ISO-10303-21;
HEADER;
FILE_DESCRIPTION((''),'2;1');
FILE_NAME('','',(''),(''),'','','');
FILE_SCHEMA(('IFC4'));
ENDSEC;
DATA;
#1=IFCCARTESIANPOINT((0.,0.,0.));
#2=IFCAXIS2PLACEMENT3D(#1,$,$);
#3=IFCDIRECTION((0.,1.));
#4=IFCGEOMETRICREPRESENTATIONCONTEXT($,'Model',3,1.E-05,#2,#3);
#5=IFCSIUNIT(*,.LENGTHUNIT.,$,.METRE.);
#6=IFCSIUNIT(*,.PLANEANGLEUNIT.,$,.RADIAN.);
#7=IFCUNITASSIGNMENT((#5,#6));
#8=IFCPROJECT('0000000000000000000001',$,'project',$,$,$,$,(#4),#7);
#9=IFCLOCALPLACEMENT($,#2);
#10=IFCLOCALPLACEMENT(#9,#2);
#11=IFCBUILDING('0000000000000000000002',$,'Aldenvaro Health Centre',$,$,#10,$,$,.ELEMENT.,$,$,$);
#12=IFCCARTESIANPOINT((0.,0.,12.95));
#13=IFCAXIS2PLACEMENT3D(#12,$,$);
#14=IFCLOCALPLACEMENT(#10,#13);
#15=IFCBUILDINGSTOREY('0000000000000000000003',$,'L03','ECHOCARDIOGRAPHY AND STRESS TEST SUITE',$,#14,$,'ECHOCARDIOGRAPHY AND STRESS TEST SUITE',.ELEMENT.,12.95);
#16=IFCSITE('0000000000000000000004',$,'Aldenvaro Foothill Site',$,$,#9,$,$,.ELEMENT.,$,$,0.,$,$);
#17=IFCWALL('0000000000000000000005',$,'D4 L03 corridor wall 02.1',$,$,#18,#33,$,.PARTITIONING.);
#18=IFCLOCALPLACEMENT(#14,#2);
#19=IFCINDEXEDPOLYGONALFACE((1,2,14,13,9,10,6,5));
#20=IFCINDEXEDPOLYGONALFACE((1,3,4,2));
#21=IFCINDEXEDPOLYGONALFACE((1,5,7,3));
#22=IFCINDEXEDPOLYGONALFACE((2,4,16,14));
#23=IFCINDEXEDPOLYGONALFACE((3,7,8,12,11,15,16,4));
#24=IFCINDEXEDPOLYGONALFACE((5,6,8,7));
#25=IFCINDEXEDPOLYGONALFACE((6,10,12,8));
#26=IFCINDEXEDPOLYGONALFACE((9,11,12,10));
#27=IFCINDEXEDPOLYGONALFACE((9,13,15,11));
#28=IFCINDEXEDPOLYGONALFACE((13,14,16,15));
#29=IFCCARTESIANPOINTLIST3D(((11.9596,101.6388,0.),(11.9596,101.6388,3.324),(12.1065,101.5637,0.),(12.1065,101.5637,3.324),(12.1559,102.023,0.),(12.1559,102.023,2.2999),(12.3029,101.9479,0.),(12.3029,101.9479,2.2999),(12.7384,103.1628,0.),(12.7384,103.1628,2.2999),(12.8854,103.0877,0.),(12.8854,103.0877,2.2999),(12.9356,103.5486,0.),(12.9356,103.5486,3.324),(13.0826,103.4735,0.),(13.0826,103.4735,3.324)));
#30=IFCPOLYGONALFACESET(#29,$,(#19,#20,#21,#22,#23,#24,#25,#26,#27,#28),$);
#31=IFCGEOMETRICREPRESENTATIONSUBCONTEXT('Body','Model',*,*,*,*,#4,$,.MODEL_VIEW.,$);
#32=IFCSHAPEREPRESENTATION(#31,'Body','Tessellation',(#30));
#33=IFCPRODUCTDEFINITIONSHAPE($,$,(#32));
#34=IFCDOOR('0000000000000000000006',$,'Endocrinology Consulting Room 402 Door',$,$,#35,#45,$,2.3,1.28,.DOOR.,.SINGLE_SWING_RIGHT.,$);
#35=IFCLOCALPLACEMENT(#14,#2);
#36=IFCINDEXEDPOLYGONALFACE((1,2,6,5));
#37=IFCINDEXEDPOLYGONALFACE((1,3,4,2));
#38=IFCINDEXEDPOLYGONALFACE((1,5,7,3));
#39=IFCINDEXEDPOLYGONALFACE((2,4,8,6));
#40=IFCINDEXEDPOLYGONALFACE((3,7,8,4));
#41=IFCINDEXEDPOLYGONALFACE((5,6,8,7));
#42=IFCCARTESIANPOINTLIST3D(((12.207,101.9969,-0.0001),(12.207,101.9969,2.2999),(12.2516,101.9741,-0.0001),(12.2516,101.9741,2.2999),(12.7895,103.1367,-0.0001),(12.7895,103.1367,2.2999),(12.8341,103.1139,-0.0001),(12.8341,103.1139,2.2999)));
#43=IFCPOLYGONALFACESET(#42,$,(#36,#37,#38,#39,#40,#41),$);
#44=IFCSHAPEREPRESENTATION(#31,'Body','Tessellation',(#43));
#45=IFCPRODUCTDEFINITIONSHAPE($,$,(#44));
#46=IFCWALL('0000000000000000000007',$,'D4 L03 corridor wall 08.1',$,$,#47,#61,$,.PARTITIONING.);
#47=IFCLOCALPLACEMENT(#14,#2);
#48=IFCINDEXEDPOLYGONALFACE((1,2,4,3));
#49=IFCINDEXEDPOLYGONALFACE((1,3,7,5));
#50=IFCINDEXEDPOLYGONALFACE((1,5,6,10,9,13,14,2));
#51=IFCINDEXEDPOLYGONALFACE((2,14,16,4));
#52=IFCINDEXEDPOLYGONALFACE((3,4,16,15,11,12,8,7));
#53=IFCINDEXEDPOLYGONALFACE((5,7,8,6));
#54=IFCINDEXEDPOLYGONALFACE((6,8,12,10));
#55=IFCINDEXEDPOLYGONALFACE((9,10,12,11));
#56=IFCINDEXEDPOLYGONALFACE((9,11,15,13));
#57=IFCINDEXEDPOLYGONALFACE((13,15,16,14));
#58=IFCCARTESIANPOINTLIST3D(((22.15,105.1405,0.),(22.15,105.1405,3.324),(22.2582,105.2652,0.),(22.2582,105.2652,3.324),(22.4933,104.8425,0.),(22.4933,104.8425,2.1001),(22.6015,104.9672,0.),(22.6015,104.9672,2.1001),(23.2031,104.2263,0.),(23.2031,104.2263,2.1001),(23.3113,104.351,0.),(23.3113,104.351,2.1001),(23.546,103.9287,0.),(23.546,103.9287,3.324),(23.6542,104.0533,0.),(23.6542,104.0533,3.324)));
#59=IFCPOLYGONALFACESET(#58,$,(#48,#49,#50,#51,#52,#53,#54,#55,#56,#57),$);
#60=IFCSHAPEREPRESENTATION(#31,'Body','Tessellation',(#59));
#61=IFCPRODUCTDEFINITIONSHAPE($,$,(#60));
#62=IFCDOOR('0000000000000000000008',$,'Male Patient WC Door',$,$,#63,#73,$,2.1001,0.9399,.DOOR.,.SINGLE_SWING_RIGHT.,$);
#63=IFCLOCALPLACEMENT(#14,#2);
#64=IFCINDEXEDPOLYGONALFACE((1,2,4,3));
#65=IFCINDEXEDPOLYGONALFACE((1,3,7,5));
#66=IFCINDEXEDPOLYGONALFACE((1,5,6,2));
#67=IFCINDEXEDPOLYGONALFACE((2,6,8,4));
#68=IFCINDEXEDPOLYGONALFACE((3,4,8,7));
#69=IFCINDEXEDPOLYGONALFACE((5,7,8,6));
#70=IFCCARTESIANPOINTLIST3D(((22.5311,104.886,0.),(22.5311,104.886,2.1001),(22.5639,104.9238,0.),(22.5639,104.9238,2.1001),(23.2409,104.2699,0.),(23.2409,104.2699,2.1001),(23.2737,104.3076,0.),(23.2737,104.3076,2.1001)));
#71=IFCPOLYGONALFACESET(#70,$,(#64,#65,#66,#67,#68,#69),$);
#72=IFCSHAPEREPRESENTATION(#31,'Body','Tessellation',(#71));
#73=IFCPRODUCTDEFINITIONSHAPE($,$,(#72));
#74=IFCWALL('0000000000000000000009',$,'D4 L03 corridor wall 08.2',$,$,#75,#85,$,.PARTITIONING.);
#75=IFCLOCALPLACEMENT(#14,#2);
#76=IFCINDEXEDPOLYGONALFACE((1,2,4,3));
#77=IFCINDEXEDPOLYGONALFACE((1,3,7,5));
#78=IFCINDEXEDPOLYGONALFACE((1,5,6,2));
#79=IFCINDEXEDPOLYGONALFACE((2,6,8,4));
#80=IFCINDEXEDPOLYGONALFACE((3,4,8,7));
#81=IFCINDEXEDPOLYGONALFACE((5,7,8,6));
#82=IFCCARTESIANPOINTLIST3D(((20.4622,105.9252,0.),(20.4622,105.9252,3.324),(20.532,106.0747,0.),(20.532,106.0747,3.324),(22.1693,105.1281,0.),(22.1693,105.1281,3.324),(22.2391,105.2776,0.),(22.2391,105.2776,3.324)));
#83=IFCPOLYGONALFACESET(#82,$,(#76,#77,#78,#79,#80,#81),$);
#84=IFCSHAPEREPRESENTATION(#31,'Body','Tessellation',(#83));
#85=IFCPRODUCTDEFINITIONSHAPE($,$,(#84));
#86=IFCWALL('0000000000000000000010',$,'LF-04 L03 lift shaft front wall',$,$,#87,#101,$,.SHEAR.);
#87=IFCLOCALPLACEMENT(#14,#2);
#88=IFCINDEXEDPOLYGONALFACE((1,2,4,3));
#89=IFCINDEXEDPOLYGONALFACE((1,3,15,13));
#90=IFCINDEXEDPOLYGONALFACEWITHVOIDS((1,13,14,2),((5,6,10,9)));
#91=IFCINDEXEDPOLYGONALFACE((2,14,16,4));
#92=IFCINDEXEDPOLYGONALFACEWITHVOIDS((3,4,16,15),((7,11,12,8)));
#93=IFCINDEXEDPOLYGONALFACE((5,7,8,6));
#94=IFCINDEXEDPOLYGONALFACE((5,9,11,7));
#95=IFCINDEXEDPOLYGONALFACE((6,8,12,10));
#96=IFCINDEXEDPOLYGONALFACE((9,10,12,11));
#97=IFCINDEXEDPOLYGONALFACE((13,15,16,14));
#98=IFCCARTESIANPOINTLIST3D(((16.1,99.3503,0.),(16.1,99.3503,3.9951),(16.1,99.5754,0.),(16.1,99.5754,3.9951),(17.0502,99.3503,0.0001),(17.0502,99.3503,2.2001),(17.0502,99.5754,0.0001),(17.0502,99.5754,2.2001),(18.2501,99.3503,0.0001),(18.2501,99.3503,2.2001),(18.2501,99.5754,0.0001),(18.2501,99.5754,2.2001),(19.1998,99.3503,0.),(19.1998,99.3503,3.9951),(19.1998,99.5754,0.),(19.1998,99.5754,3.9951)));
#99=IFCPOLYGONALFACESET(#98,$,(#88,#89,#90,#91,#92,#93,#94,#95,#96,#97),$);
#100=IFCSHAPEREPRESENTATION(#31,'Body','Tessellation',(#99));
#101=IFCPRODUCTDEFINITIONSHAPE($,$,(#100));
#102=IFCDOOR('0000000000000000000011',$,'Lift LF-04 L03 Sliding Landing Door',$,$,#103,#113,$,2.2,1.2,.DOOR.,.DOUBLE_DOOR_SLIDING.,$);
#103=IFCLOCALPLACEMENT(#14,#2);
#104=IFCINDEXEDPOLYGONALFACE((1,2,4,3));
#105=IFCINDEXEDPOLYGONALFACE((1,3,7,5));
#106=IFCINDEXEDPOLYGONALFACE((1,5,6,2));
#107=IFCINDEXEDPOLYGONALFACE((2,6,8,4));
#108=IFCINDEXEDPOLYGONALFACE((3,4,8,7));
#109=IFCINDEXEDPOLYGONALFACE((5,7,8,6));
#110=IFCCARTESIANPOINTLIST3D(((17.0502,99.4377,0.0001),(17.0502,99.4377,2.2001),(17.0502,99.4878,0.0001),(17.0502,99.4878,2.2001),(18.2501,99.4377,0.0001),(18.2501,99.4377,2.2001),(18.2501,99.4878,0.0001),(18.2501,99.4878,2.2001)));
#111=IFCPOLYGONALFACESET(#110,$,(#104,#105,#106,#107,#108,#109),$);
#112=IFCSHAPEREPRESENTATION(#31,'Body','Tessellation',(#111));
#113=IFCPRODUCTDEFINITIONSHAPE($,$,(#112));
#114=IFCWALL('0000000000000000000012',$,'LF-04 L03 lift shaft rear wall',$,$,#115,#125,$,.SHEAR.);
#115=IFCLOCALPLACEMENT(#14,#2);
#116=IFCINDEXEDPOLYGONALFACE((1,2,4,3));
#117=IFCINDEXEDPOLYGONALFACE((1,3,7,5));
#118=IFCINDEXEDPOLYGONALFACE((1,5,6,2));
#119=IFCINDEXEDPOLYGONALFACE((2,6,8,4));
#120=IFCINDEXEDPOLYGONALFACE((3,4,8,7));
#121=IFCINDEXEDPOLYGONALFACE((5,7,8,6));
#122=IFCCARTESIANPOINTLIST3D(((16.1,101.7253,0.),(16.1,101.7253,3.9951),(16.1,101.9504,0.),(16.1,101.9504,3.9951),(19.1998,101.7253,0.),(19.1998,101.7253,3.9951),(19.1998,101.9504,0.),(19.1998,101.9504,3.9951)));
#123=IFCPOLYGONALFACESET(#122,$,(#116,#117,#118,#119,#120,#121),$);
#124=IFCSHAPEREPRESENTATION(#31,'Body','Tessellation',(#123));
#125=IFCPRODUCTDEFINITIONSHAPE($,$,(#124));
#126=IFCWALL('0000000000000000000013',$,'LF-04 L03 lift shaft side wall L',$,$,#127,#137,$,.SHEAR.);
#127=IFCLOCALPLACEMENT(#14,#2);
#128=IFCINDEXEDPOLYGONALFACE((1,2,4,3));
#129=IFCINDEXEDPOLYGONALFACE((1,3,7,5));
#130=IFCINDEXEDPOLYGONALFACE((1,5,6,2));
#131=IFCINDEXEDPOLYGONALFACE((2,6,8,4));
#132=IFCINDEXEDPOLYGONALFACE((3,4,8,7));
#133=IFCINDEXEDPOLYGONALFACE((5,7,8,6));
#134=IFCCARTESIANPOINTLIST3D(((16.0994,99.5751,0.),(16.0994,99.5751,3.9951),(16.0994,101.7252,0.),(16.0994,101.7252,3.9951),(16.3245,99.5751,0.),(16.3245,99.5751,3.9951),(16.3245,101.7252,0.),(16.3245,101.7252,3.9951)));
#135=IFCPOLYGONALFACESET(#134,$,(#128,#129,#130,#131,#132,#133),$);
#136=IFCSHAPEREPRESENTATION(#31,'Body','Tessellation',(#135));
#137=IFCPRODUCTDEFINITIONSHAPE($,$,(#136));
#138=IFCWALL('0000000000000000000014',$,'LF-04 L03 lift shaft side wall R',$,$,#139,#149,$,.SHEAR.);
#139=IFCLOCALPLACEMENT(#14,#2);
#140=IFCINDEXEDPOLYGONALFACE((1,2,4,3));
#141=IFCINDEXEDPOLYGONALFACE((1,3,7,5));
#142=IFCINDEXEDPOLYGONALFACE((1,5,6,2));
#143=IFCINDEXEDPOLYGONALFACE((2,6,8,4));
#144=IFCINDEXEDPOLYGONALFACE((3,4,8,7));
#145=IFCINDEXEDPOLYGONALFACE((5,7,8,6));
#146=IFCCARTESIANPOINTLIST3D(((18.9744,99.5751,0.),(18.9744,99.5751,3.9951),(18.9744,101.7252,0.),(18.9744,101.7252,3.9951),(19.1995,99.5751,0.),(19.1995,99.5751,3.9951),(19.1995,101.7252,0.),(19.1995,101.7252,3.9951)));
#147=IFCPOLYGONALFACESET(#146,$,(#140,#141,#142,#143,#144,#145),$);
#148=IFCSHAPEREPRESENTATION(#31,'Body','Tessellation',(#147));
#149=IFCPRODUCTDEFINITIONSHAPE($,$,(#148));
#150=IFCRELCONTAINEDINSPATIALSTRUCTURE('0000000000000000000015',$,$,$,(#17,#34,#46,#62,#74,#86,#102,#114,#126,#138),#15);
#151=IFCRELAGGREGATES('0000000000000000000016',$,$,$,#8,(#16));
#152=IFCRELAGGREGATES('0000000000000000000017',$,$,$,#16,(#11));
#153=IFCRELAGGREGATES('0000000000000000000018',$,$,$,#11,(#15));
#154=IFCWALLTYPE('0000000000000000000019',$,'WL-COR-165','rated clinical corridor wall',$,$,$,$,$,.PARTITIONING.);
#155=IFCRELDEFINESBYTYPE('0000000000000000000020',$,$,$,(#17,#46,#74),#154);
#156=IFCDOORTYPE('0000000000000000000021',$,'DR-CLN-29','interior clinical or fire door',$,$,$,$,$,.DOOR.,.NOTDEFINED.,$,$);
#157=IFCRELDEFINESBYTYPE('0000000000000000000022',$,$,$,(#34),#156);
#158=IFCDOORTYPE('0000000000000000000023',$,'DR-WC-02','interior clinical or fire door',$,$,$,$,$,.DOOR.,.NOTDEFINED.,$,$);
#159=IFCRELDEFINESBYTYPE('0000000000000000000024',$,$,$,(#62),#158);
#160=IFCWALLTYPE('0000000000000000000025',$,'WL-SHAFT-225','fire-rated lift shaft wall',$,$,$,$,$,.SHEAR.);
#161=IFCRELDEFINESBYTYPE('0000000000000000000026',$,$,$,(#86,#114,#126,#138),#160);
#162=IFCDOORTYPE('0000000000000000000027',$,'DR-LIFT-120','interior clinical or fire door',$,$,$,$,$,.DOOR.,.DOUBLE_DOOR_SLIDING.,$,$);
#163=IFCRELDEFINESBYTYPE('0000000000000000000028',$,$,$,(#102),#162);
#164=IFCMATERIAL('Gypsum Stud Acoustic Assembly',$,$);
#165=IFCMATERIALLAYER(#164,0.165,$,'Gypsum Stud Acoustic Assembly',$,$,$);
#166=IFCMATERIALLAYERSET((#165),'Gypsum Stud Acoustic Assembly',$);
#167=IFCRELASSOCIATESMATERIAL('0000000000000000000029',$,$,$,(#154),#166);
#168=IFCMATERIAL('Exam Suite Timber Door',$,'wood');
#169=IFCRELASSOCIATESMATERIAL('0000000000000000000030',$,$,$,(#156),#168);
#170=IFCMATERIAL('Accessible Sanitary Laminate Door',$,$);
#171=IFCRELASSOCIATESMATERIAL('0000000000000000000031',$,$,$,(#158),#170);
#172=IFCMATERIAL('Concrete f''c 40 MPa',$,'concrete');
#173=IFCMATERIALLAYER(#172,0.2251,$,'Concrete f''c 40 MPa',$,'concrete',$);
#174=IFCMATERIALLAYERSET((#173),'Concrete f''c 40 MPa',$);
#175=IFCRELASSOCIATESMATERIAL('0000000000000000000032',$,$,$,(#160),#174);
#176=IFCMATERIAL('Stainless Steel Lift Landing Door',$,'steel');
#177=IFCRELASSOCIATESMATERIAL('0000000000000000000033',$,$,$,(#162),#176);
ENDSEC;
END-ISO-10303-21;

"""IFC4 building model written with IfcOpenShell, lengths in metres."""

from ifc_helpers import new_model, si_unit, direction, frame, frame_2d, origin, place, context, subcontext, project, spatial, rectangle, extrude, material, layer, layer_set, type_object, element, fill, save


model = new_model("IFC4")

# Units and contexts
model_context = context("Model", 3, precision=1e-05, world=origin(), true_north=direction((0.0, 1.0)))
body_context = subcontext(model_context, "Body", "Model", "MODEL_VIEW")
ifc_project = project(units=[si_unit("LENGTHUNIT", "METRE"), si_unit("PLANEANGLEUNIT", "RADIAN")], contexts=[model_context])

# Site, building, storey
site_placement = place(None, origin())
site = spatial("IfcSite", under=ifc_project, at=site_placement, Name="Aldenvaro Foothill Site", CompositionType="ELEMENT", RefElevation=0.0)
building_placement = place(site_placement, origin())
building = spatial("IfcBuilding", under=site, at=building_placement, Name="Aldenvaro Health Centre", CompositionType="ELEMENT")
storey_placement = place(building_placement, frame((0.0, 0.0, 12.95)))
storey = spatial("IfcBuildingStorey", under=building, at=storey_placement, Name="L03", Description="ECHOCARDIOGRAPHY AND STRESS TEST SUITE", LongName="ECHOCARDIOGRAPHY AND STRESS TEST SUITE", CompositionType="ELEMENT", Elevation=12.95)

# Shared definitions
ifc_material_1 = material(Name="Concrete f'c 40 MPa", Category="concrete")

# Shared definitions
ifc_material_2 = material(Name="Gypsum Stud Acoustic Assembly")

# Walls, openings, doors
ifc_layer_1 = layer(ifc_material_2, 0.165, Name="Gypsum Stud Acoustic Assembly")
ifc_layer_set_1 = layer_set([ifc_layer_1], Name="Gypsum Stud Acoustic Assembly")
wall_type_1 = type_object("IfcWallType", Name="WL-COR-165", Description="rated clinical corridor wall", PredefinedType="PARTITIONING", material=ifc_layer_set_1)
ifc_material_3 = material(Name="Exam Suite Timber Door", Category="wood")
wall_1_placement = place(storey_placement, frame((13.009, 103.511, 0.0), z_axis=(0.0, 0.0, 1.0), x_axis=(-0.455073, -0.890454, 0.0)))
wall_1 = element("IfcWall", 1, at=wall_1_placement, inside=storey, type_object=wall_type_1, Name="D4 L03 corridor wall 02.1", PredefinedType="PARTITIONING", context=body_context, shape_type="SweptSolid", body=[
    extrude(rectangle(XDim=2.1448, YDim=0.165, at=frame_2d((1.0723, 0.0))), origin(), (0.0, 0.0, 1.0), 3.324),
])
opening_1_placement = place(wall_1_placement, frame((0.4331, 0.0, 0.0)))
opening_1 = element("IfcOpeningElement", 2, at=opening_1_placement, cuts=wall_1, PredefinedType="OPENING", context=body_context, shape_type="SweptSolid", body=[
    extrude(rectangle(XDim=1.28, YDim=2.3, at=frame_2d((0.6401, 1.1499))), frame((0.0, 0.0925, 0.0), z_axis=(0.0, -1.0, 0.0), x_axis=(1.0, 0.0, 0.0)), (0.0, 0.0, 1.0), 0.1851),
])
door_type_1 = type_object("IfcDoorType", Name="DR-CLN-29", Description="interior clinical or fire door", OperationType="NOTDEFINED", PredefinedType="DOOR", material=ifc_material_3)
door_1_placement = place(opening_1_placement, origin())
door_1 = element("IfcDoor", 3, at=door_1_placement, inside=storey, type_object=door_type_1, Name="Endocrinology Consulting Room 402 Door", OperationType="SINGLE_SWING_RIGHT", OverallHeight=2.3, OverallWidth=1.28, PredefinedType="DOOR", context=body_context, shape_type="SweptSolid", body=[
    extrude(rectangle(XDim=1.28, YDim=2.3, at=frame_2d((0.6401, 1.1499))), frame((0.0, 0.0249, 0.0), z_axis=(0.0, -1.0, 0.0), x_axis=(1.0, 0.0, 0.0)), (0.0, 0.0, 1.0), 0.05),
])
fill(opening_1, door_1)
wall_2_placement = place(storey_placement, frame((23.6001, 103.991, 0.0), z_axis=(0.0, 0.0, 1.0), x_axis=(-0.75514, 0.655564, 0.0)))
wall_2 = element("IfcWall", 4, at=wall_2_placement, inside=storey, type_object=wall_type_1, Name="D4 L03 corridor wall 08.1", PredefinedType="PARTITIONING", context=body_context, shape_type="SweptSolid", body=[
    extrude(rectangle(XDim=1.8486, YDim=0.165, at=frame_2d((0.9243, 0.0))), origin(), (0.0, 0.0, 1.0), 3.324),
])
opening_2_placement = place(wall_2_placement, frame((0.4541, 0.0, 0.0)))
opening_2 = element("IfcOpeningElement", 5, at=opening_2_placement, cuts=wall_2, PredefinedType="OPENING", context=body_context, shape_type="SweptSolid", body=[
    extrude(rectangle(XDim=0.9399, YDim=2.1001, at=frame_2d((0.47, 1.05))), frame((0.0, 0.0925, 0.0), z_axis=(0.0, -1.0, 0.0), x_axis=(1.0, 0.0, 0.0)), (0.0, 0.0, 1.0), 0.1851),
])
ifc_material_4 = material(Name="Accessible Sanitary Laminate Door")
door_type_2 = type_object("IfcDoorType", Name="DR-WC-02", Description="interior clinical or fire door", OperationType="NOTDEFINED", PredefinedType="DOOR", material=ifc_material_4)
door_2_placement = place(opening_2_placement, origin())
door_2 = element("IfcDoor", 6, at=door_2_placement, inside=storey, type_object=door_type_2, Name="Male Patient WC Door", OperationType="SINGLE_SWING_RIGHT", OverallHeight=2.1001, OverallWidth=0.9399, PredefinedType="DOOR", context=body_context, shape_type="SweptSolid", body=[
    extrude(rectangle(XDim=0.9399, YDim=2.1001, at=frame_2d((0.47, 1.05))), frame((0.0, 0.0249, 0.0), z_axis=(0.0, -1.0, 0.0), x_axis=(1.0, 0.0, 0.0)), (0.0, 0.0, 1.0), 0.05),
])
fill(opening_2, door_2)

# Wall
wall_3_placement = place(storey_placement, frame((22.2041, 105.2029, 0.0), z_axis=(0.0, 0.0, 1.0), x_axis=(-0.90608, 0.423105, 0.0)))
element("IfcWall", 7, at=wall_3_placement, inside=storey, type_object=wall_type_1, Name="D4 L03 corridor wall 08.2", PredefinedType="PARTITIONING", context=body_context, shape_type="SweptSolid", body=[
    extrude(rectangle(XDim=1.884, YDim=0.165, at=frame_2d((0.9419, 0.0))), origin(), (0.0, 0.0, 1.0), 3.324),
])

# Wall, opening, door
ifc_layer_2 = layer(ifc_material_1, 0.2251, Name="Concrete f'c 40 MPa", Category="concrete")
ifc_layer_set_2 = layer_set([ifc_layer_2], Name="Concrete f'c 40 MPa")
wall_type_2 = type_object("IfcWallType", Name="WL-SHAFT-225", Description="fire-rated lift shaft wall", PredefinedType="SHEAR", material=ifc_layer_set_2)
wall_4_placement = place(storey_placement, frame((16.1001, 99.4629, 0.0), z_axis=(0.0, 0.0, 1.0), x_axis=(1.0, 0.0, 0.0)))
wall_4 = element("IfcWall", 8, at=wall_4_placement, inside=storey, type_object=wall_type_2, Name="LF-04 L03 lift shaft front wall", PredefinedType="SHEAR", context=body_context, shape_type="SweptSolid", body=[
    extrude(rectangle(XDim=3.0999, YDim=0.2251, at=frame_2d((1.5498, 0.0))), origin(), (0.0, 0.0, 1.0), 3.9951),
])
opening_3_placement = place(wall_4_placement, frame((0.95, 0.0, 0.0)))
opening_3 = element("IfcOpeningElement", 9, at=opening_3_placement, cuts=wall_4, PredefinedType="OPENING", context=body_context, shape_type="SweptSolid", body=[
    extrude(rectangle(XDim=1.2, YDim=2.2, at=frame_2d((0.6001, 1.1001))), frame((0.0, 0.1226, 0.0), z_axis=(0.0, -1.0, 0.0), x_axis=(1.0, 0.0, 0.0)), (0.0, 0.0, 1.0), 0.2451),
])
ifc_material_5 = material(Name="Stainless Steel Lift Landing Door", Category="steel")
door_type_3 = type_object("IfcDoorType", Name="DR-LIFT-120", Description="interior clinical or fire door", OperationType="DOUBLE_DOOR_SLIDING", PredefinedType="DOOR", material=ifc_material_5)
door_3_placement = place(opening_3_placement, origin())
door_3 = element("IfcDoor", 10, at=door_3_placement, inside=storey, type_object=door_type_3, Name="Lift LF-04 L03 Sliding Landing Door", OperationType="DOUBLE_DOOR_SLIDING", OverallHeight=2.2, OverallWidth=1.2, PredefinedType="DOOR", context=body_context, shape_type="SweptSolid", body=[
    extrude(rectangle(XDim=1.2, YDim=2.2, at=frame_2d((0.6001, 1.1001))), frame((0.0, 0.0249, 0.0), z_axis=(0.0, -1.0, 0.0), x_axis=(1.0, 0.0, 0.0)), (0.0, 0.0, 1.0), 0.05),
])
fill(opening_3, door_3)

# Walls
wall_5_placement = place(storey_placement, frame((16.1001, 101.8379, 0.0), z_axis=(0.0, 0.0, 1.0), x_axis=(1.0, 0.0, 0.0)))
element("IfcWall", 11, at=wall_5_placement, inside=storey, type_object=wall_type_2, Name="LF-04 L03 lift shaft rear wall", PredefinedType="SHEAR", context=body_context, shape_type="SweptSolid", body=[
    extrude(rectangle(XDim=3.0999, YDim=0.2251, at=frame_2d((1.5498, 0.0))), origin(), (0.0, 0.0, 1.0), 3.9951),
])
for number, where, z_axis, x_axis, name in (
    (12, (16.2119, 99.575, 0.0), (0.0, 0.0, 1.0), (0.0, 1.0, 0.0), "LF-04 L03 lift shaft side wall L"),
    (13, (19.0869, 99.575, 0.0), (0.0, 0.0, 1.0), (0.0, 1.0, 0.0), "LF-04 L03 lift shaft side wall R"),
):
    element("IfcWall", number, at=place(storey_placement, frame(where, z_axis=z_axis, x_axis=x_axis)), inside=storey, type_object=wall_type_2, Name=name, PredefinedType="SHEAR", context=body_context, shape_type="SweptSolid", body=[
        extrude(rectangle(XDim=2.1501, YDim=0.2251, at=frame_2d((1.0752, 0.0))), origin(), (0.0, 0.0, 1.0), 3.9951),
    ])

save(model, "model.ifc")
